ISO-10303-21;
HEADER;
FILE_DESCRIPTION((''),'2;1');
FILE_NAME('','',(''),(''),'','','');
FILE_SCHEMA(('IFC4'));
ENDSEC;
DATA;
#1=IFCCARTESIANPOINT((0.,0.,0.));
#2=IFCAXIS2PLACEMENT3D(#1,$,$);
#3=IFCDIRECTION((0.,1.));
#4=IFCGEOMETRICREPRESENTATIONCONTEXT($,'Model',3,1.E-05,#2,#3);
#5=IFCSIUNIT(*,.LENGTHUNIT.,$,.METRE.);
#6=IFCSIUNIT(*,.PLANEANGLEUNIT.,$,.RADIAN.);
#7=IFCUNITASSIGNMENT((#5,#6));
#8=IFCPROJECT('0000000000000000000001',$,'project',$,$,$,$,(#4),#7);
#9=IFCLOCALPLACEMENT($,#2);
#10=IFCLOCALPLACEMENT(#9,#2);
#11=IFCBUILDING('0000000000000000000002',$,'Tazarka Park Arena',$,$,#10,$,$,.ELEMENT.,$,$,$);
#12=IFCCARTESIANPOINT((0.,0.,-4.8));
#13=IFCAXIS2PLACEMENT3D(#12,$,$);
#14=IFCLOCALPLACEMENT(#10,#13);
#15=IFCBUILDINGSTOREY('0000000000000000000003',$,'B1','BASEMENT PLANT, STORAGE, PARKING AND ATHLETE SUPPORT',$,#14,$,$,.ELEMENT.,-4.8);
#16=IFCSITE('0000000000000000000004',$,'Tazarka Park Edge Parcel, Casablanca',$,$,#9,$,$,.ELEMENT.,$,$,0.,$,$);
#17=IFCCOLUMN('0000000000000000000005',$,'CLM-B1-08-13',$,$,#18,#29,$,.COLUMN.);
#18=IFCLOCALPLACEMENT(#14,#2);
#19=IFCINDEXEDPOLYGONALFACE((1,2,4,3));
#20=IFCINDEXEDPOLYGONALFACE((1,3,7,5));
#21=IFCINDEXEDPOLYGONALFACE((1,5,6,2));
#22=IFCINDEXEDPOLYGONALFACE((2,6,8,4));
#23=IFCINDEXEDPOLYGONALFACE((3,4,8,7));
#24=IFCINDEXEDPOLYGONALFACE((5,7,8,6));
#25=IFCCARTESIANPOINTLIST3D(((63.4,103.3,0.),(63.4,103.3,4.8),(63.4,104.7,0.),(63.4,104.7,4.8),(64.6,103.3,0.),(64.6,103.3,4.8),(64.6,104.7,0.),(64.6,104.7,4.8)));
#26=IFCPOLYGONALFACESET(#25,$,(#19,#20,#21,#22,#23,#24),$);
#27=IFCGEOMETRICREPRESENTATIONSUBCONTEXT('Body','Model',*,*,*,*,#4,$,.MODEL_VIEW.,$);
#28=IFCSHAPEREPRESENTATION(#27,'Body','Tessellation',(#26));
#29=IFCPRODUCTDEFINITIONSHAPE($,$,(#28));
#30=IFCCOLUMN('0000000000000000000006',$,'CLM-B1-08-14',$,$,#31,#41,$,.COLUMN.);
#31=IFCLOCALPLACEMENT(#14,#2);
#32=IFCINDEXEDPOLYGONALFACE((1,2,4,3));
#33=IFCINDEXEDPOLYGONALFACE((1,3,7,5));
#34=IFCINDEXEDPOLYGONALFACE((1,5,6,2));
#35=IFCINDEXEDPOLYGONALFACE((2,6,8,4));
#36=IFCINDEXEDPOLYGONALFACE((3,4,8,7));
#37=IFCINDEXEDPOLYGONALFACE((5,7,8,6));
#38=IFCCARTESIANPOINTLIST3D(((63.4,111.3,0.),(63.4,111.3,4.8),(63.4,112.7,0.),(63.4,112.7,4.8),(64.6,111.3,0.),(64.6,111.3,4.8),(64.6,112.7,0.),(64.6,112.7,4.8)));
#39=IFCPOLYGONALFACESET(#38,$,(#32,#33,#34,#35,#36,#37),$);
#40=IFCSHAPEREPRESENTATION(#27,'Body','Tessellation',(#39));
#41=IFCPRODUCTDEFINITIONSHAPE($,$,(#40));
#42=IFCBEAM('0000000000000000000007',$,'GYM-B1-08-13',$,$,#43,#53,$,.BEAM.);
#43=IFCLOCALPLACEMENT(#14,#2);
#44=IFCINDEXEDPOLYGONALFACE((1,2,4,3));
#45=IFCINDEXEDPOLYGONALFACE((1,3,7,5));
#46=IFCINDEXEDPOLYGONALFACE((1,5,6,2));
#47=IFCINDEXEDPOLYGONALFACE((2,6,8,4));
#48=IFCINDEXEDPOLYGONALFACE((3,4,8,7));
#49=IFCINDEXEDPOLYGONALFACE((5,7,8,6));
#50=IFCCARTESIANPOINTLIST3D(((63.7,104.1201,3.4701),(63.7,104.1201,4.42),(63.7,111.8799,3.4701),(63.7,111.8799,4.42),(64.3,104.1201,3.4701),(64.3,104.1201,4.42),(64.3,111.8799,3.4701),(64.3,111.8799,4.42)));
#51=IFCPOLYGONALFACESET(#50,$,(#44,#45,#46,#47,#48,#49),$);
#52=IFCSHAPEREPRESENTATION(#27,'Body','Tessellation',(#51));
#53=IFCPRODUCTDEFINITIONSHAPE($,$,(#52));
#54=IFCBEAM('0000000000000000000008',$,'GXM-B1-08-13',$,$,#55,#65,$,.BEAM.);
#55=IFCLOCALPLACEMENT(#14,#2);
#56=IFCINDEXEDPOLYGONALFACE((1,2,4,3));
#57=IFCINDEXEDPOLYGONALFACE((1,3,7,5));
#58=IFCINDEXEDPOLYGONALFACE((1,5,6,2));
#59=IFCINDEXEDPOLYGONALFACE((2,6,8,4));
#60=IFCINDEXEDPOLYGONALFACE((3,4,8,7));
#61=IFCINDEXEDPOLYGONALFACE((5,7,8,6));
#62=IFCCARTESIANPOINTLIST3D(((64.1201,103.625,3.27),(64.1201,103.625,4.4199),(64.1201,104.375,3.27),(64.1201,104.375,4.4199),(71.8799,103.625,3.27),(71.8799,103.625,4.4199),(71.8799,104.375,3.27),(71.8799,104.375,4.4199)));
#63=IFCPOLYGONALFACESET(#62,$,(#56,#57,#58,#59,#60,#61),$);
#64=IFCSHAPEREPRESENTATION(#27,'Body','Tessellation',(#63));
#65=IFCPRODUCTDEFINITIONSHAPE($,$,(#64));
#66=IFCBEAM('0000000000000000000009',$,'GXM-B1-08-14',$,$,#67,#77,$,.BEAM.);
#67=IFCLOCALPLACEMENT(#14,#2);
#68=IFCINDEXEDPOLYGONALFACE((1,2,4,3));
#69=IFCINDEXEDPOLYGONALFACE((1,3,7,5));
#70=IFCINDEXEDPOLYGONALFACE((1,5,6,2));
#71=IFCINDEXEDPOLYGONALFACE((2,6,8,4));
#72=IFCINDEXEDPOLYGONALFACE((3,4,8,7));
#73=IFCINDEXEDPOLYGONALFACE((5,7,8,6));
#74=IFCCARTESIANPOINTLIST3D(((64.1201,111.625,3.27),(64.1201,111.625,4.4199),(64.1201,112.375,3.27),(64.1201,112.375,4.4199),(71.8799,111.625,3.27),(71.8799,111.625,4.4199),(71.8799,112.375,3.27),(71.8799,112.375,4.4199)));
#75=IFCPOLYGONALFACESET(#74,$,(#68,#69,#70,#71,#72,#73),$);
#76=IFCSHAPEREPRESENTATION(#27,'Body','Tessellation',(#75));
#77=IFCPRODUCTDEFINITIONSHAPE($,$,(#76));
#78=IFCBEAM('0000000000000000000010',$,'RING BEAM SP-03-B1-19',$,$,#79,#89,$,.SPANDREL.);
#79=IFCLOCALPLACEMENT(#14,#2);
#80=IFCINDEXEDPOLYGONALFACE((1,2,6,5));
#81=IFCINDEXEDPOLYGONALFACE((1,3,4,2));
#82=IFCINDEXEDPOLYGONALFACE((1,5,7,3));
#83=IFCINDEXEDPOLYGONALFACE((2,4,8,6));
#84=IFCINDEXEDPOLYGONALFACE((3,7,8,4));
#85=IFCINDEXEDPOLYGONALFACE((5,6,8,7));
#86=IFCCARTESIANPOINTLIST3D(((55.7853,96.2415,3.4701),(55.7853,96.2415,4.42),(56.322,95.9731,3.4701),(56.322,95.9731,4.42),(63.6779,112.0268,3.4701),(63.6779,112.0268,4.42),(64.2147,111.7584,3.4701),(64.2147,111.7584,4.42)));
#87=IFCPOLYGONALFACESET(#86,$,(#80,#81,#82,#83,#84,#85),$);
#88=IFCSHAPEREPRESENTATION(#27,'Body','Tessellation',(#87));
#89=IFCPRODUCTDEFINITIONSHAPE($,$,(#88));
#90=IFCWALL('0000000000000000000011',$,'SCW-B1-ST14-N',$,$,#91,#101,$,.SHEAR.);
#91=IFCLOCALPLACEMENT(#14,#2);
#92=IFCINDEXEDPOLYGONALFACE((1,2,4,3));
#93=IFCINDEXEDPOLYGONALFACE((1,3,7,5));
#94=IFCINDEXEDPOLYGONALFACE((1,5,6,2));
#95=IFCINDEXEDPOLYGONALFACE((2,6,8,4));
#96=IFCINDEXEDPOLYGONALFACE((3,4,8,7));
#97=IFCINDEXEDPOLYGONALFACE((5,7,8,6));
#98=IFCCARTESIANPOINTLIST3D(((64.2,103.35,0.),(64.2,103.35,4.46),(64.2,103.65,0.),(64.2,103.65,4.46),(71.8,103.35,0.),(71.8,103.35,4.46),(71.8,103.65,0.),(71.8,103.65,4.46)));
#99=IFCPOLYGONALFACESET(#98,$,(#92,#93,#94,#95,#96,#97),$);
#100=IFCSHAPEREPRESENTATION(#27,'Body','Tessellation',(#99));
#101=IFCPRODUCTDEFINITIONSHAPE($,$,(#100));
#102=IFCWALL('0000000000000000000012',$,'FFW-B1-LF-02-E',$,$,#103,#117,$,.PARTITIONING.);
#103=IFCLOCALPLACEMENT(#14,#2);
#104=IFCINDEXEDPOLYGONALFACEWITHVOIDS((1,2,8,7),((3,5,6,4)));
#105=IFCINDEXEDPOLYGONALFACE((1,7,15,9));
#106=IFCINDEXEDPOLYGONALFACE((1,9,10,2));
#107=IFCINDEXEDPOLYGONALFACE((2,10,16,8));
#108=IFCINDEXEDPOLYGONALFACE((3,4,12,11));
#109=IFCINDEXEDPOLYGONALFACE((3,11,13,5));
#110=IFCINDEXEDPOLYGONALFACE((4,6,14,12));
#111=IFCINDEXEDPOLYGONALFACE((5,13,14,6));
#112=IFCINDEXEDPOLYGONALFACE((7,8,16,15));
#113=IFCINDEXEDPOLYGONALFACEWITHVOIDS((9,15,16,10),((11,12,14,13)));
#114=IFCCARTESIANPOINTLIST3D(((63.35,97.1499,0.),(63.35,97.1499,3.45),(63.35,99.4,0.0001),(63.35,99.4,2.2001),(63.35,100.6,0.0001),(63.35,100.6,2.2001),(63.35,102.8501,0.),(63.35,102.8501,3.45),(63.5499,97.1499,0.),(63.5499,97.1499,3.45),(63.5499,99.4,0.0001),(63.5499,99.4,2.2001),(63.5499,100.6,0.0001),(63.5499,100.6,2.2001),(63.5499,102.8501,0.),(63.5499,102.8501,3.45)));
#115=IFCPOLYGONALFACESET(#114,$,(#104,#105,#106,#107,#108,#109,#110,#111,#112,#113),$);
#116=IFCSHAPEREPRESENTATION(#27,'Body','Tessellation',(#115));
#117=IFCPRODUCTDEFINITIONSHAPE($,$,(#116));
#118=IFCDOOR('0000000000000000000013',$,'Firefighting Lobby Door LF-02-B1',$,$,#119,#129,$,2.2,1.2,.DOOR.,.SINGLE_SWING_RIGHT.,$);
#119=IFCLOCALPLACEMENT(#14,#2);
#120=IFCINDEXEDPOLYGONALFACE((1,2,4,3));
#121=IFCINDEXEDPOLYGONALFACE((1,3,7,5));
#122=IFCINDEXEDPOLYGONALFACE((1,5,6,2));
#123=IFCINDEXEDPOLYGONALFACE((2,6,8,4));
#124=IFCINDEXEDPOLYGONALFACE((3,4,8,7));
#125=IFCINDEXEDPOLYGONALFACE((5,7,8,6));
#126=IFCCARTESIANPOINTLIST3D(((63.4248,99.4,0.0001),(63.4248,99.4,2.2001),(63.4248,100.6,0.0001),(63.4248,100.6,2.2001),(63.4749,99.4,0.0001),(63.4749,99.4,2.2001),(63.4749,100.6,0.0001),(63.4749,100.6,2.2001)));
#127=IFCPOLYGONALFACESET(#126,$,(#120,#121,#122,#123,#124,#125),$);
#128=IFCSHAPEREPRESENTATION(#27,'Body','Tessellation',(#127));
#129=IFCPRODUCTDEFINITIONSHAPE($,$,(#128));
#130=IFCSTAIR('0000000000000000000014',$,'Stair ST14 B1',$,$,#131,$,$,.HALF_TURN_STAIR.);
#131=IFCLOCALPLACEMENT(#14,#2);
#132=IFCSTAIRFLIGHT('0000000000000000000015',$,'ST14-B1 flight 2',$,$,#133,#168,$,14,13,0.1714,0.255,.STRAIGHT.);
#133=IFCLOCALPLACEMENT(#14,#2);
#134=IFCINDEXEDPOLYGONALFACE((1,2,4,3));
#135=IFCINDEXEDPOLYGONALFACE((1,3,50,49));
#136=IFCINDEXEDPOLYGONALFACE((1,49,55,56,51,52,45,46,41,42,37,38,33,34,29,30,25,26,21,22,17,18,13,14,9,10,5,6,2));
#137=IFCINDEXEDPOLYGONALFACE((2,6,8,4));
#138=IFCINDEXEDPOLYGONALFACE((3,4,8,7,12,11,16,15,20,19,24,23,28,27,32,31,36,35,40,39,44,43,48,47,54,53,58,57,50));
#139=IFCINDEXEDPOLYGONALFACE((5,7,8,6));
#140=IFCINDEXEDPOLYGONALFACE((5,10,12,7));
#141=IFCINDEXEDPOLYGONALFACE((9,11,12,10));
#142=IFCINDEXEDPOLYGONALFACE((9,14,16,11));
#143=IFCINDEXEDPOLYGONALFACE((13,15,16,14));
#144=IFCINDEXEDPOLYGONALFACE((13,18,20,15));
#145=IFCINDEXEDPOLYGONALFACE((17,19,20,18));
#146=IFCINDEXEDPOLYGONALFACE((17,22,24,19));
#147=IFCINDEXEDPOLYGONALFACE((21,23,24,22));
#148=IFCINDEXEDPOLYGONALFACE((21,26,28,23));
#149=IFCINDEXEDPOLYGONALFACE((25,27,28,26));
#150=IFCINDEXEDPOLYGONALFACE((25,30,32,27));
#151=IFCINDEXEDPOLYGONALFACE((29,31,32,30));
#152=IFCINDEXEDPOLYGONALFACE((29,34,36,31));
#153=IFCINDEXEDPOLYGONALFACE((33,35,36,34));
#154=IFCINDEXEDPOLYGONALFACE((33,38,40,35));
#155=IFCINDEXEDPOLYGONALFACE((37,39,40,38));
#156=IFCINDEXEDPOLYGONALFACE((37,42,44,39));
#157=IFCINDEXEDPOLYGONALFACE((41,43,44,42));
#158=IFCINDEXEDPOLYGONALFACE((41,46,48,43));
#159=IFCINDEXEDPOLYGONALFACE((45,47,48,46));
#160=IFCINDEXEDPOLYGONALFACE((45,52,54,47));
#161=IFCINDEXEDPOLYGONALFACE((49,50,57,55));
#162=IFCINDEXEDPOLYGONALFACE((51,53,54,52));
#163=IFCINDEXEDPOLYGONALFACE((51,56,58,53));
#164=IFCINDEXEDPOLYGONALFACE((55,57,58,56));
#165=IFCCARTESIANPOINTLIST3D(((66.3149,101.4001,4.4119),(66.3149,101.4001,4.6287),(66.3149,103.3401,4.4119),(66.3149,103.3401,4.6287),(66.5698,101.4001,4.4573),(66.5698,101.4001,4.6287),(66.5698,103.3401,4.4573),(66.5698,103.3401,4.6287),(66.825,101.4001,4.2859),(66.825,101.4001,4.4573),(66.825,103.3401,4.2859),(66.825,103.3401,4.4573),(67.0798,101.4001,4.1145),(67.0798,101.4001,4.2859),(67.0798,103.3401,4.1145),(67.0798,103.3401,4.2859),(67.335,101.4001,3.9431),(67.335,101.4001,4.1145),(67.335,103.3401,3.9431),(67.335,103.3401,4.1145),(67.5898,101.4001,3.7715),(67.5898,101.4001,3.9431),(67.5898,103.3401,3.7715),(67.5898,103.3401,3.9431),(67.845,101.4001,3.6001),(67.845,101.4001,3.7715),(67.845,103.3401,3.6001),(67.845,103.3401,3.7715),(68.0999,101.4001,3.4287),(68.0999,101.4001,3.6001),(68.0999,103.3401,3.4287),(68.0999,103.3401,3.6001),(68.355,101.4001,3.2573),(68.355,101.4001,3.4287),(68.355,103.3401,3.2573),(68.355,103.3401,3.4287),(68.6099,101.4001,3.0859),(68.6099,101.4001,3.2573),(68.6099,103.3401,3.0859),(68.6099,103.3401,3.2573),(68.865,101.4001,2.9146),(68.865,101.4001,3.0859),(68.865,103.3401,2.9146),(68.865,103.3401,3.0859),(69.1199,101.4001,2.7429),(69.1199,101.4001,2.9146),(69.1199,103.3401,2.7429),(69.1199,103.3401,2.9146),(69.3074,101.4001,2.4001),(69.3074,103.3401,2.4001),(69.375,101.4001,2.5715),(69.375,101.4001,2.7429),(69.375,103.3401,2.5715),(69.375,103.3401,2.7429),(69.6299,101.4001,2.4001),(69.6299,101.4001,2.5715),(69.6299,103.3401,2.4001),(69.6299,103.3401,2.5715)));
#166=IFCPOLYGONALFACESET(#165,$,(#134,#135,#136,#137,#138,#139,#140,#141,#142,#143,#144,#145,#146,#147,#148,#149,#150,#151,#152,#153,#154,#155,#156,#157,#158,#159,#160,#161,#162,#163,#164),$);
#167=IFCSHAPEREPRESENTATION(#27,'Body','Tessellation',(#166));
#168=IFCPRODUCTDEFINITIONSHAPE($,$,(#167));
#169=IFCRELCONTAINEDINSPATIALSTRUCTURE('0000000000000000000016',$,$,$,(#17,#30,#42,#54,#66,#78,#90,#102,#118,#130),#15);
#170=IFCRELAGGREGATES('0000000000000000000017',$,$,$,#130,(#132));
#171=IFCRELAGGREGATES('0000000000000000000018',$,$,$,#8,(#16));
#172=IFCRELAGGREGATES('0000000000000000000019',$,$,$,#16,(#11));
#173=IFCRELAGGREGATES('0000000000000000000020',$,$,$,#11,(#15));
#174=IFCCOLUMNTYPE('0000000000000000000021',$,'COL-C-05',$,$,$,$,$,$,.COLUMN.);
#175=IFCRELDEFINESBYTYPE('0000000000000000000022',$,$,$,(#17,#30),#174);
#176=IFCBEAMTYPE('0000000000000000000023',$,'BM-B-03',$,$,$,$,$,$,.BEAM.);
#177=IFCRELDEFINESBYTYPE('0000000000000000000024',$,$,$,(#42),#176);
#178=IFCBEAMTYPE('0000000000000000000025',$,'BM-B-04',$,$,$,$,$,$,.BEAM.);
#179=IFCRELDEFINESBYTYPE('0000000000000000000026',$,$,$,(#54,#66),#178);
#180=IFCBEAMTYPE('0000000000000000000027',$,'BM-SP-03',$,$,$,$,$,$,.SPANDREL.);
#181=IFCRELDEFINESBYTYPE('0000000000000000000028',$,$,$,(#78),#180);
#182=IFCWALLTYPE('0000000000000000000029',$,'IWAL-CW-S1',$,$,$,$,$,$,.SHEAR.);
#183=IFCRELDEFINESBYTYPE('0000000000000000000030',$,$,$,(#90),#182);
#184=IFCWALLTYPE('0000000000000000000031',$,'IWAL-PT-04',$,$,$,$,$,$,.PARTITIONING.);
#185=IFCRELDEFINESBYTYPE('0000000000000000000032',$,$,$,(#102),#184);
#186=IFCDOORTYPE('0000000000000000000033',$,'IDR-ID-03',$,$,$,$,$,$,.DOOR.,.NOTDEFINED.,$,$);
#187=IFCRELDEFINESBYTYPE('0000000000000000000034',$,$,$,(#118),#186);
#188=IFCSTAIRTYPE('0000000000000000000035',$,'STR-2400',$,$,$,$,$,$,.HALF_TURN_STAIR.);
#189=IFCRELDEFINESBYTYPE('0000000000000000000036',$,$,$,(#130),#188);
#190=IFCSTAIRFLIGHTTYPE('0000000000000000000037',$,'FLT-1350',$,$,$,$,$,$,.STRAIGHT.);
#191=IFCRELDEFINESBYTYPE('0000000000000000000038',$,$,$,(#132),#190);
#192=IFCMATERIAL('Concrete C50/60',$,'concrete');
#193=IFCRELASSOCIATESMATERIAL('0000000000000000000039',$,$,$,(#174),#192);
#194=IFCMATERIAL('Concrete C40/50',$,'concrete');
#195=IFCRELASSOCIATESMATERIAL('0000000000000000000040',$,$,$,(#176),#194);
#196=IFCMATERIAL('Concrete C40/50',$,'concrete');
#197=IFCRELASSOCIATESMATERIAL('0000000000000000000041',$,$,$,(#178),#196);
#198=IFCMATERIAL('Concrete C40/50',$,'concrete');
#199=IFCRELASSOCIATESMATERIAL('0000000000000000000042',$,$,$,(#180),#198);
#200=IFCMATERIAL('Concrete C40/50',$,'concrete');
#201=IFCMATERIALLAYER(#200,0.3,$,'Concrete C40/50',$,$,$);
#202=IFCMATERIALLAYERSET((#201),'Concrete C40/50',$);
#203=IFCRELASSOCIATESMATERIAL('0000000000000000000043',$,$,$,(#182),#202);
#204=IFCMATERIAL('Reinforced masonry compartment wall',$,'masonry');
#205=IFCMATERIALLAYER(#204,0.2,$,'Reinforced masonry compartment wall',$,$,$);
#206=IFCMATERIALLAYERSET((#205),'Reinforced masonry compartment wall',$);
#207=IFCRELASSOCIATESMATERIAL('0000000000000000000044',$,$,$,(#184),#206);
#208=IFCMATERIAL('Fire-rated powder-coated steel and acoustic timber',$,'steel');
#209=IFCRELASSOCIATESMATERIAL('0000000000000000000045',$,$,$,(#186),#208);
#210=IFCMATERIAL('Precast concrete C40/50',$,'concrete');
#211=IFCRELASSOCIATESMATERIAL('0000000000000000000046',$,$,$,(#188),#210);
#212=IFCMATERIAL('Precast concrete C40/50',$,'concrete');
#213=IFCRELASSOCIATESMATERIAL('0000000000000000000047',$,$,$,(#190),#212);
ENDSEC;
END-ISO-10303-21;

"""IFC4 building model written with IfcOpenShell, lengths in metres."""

from ifc_helpers import new_model, si_unit, direction, frame, frame_2d, origin, origin_2d, place, context, subcontext, project, spatial, polyline, rectangle, outline, extrude, material, layer, layer_set, material_profile, profile_set, type_object, element, fill, aggregate, save


model = new_model("IFC4")

# Units and contexts
model_context = context("Model", 3, precision=1e-05, world=origin(), true_north=direction((0.0, 1.0)))
body_context = subcontext(model_context, "Body", "Model", "MODEL_VIEW")
ifc_project = project(units=[si_unit("LENGTHUNIT", "METRE"), si_unit("PLANEANGLEUNIT", "RADIAN")], contexts=[model_context])

# Site, building, storey
site_placement = place(None, origin())
site = spatial("IfcSite", under=ifc_project, at=site_placement, Name="Tazarka Park Edge Parcel, Casablanca", CompositionType="ELEMENT", RefElevation=0.0)
building_placement = place(site_placement, origin())
building = spatial("IfcBuilding", under=site, at=building_placement, Name="Tazarka Park Arena", CompositionType="ELEMENT")
storey_placement = place(building_placement, frame((0.0, 0.0, -4.8)))
storey = spatial("IfcBuildingStorey", under=building, at=storey_placement, Name="B1", Description="BASEMENT PLANT, STORAGE, PARKING AND ATHLETE SUPPORT", CompositionType="ELEMENT", Elevation=-4.8)

# Columns
ifc_material_1 = material(Name="Concrete C50/60", Category="concrete")
ifc_material_profile_1 = material_profile(ifc_material_1, rectangle(XDim=1.2, YDim=1.3999, at=origin_2d()), Name="Concrete C50/60")
ifc_profile_set_1 = profile_set([ifc_material_profile_1], Name="Concrete C50/60")
column_type = type_object("IfcColumnType", Name="COL-C-05", PredefinedType="COLUMN", material=ifc_profile_set_1)
for number, where, z_axis, x_axis, name in (
    (1, (64.0, 104.0, 0.0), (0.0, 0.0, 1.0), (1.0, 0.0, 0.0), "CLM-B1-08-13"),
    (2, (64.0, 112.0, 0.0), (0.0, 0.0, 1.0), (1.0, 0.0, 0.0), "CLM-B1-08-14"),
):
    element("IfcColumn", number, at=place(storey_placement, frame(where, z_axis=z_axis, x_axis=x_axis)), inside=storey, type_object=column_type, Name=name, PredefinedType="COLUMN", context=body_context, shape_type="SweptSolid", body=[
        extrude(rectangle(XDim=1.2, YDim=1.3999, at=origin_2d()), origin(), (0.0, 0.0, 1.0), 4.8),
    ])

# Beams
ifc_material_2 = material(Name="Concrete C40/50", Category="concrete")
ifc_material_profile_2 = material_profile(ifc_material_2, rectangle(XDim=0.6001, YDim=0.95, at=origin_2d()), Name="Concrete C40/50")
ifc_profile_set_2 = profile_set([ifc_material_profile_2], Name="Concrete C40/50")
beam_type_1 = type_object("IfcBeamType", Name="BM-B-03", PredefinedType="BEAM", material=ifc_profile_set_2)
beam_1_placement = place(storey_placement, frame((64.0, 104.1201, 3.9451), z_axis=(0.0, 1.0, 0.0), x_axis=(-1.0, 0.0, 0.0)))
element("IfcBeam", 3, at=beam_1_placement, inside=storey, type_object=beam_type_1, Name="GYM-B1-08-13", PredefinedType="BEAM", context=body_context, shape_type="SweptSolid", body=[
    extrude(rectangle(XDim=0.6001, YDim=0.95, at=origin_2d()), origin(), (0.0, 0.0, 1.0), 7.7598),
])
ifc_material_3 = material(Name="Concrete C40/50", Category="concrete")
ifc_material_profile_3 = material_profile(ifc_material_3, rectangle(XDim=0.75, YDim=1.1499, at=origin_2d()), Name="Concrete C40/50")
ifc_profile_set_3 = profile_set([ifc_material_profile_3], Name="Concrete C40/50")
beam_type_2 = type_object("IfcBeamType", Name="BM-B-04", PredefinedType="BEAM", material=ifc_profile_set_3)
for number, where, z_axis, x_axis, name in (
    (4, (64.1201, 104.0, 3.845), (1.0, 0.0, 0.0), (0.0, 1.0, 0.0), "GXM-B1-08-13"),
    (5, (64.1201, 112.0, 3.845), (1.0, 0.0, 0.0), (0.0, 1.0, 0.0), "GXM-B1-08-14"),
):
    element("IfcBeam", number, at=place(storey_placement, frame(where, z_axis=z_axis, x_axis=x_axis)), inside=storey, type_object=beam_type_2, Name=name, PredefinedType="BEAM", context=body_context, shape_type="SweptSolid", body=[
        extrude(rectangle(XDim=0.75, YDim=1.1499, at=origin_2d()), origin(), (0.0, 0.0, 1.0), 7.7598),
    ])
ifc_material_4 = material(Name="Concrete C40/50", Category="concrete")
ifc_material_profile_4 = material_profile(ifc_material_4, rectangle(XDim=0.6001, YDim=0.95, at=origin_2d()), Name="Concrete C40/50")
ifc_profile_set_4 = profile_set([ifc_material_profile_4], Name="Concrete C40/50")
beam_type_3 = type_object("IfcBeamType", Name="BM-SP-03", PredefinedType="SPANDREL", material=ifc_profile_set_4)
beam_2_placement = place(storey_placement, frame((63.9463, 111.8926, 3.9451), z_axis=(-0.447214, -0.894427, 0.0), x_axis=(0.894427, -0.447214, 0.0)))
element("IfcBeam", 6, at=beam_2_placement, inside=storey, type_object=beam_type_3, Name="RING BEAM SP-03-B1-19", PredefinedType="SPANDREL", context=body_context, shape_type="SweptSolid", body=[
    extrude(rectangle(XDim=0.6001, YDim=0.95, at=origin_2d()), origin(), (0.0, 0.0, 1.0), 17.6484),
])

# Wall
ifc_material_5 = material(Name="Concrete C40/50", Category="concrete")
ifc_layer_1 = layer(ifc_material_5, 0.3, Name="Concrete C40/50")
ifc_layer_set_1 = layer_set([ifc_layer_1], Name="Concrete C40/50")
wall_type_1 = type_object("IfcWallType", Name="IWAL-CW-S1", PredefinedType="SHEAR", material=ifc_layer_set_1)
wall_1_placement = place(storey_placement, frame((64.2, 103.5, 0.0), z_axis=(0.0, 0.0, 1.0), x_axis=(1.0, 0.0, 0.0)))
element("IfcWall", 7, at=wall_1_placement, inside=storey, type_object=wall_type_1, Name="SCW-B1-ST14-N", PredefinedType="SHEAR", context=body_context, shape_type="SweptSolid", body=[
    extrude(rectangle(XDim=7.6001, YDim=0.3, at=frame_2d((3.8, 0.0))), origin(), (0.0, 0.0, 1.0), 4.46),
])

# Wall, opening, door
ifc_material_6 = material(Name="Reinforced masonry compartment wall", Category="masonry")
ifc_layer_2 = layer(ifc_material_6, 0.2, Name="Reinforced masonry compartment wall")
ifc_layer_set_2 = layer_set([ifc_layer_2], Name="Reinforced masonry compartment wall")
wall_type_2 = type_object("IfcWallType", Name="IWAL-PT-04", PredefinedType="PARTITIONING", material=ifc_layer_set_2)
wall_2_placement = place(storey_placement, frame((63.45, 102.8501, 0.0), z_axis=(0.0, 0.0, 1.0), x_axis=(0.0, -1.0, 0.0)))
wall_2 = element("IfcWall", 8, at=wall_2_placement, inside=storey, type_object=wall_type_2, Name="FFW-B1-LF-02-E", PredefinedType="PARTITIONING", context=body_context, shape_type="SweptSolid", body=[
    extrude(rectangle(XDim=5.7002, YDim=0.2, at=frame_2d((2.8501, 0.0))), origin(), (0.0, 0.0, 1.0), 3.45),
])
opening_placement = place(wall_2_placement, frame((2.25, 0.0, 0.0)))
opening = element("IfcOpeningElement", 9, at=opening_placement, cuts=wall_2, PredefinedType="OPENING", context=body_context, shape_type="SweptSolid", body=[
    extrude(rectangle(XDim=1.2, YDim=2.2, at=frame_2d((0.6001, 1.1001))), frame((0.0, 0.1099, 0.0), z_axis=(0.0, -1.0, 0.0), x_axis=(1.0, 0.0, 0.0)), (0.0, 0.0, 1.0), 0.22),
])
ifc_material_7 = material(Name="Fire-rated powder-coated steel and acoustic timber", Category="steel")
door_type = type_object("IfcDoorType", Name="IDR-ID-03", OperationType="NOTDEFINED", PredefinedType="DOOR", material=ifc_material_7)
door_placement = place(opening_placement, origin())
door = element("IfcDoor", 10, at=door_placement, inside=storey, type_object=door_type, Name="Firefighting Lobby Door LF-02-B1", OperationType="SINGLE_SWING_RIGHT", OverallHeight=2.2, OverallWidth=1.2, PredefinedType="DOOR", context=body_context, shape_type="SweptSolid", body=[
    extrude(rectangle(XDim=1.2, YDim=2.2, at=frame_2d((0.6001, 1.1001))), frame((0.0, 0.0249, 0.0), z_axis=(0.0, -1.0, 0.0), x_axis=(1.0, 0.0, 0.0)), (0.0, 0.0, 1.0), 0.05),
])
fill(opening, door)

# Stair, stair flight
ifc_material_8 = material(Name="Precast concrete C40/50", Category="concrete")
stair_type = type_object("IfcStairType", Name="STR-2400", PredefinedType="HALF_TURN_STAIR", material=ifc_material_8)
stair_placement = place(storey_placement, origin())
stair = element("IfcStair", 11, at=stair_placement, inside=storey, type_object=stair_type, Name="Stair ST14 B1", PredefinedType="HALF_TURN_STAIR")
ifc_material_9 = material(Name="Precast concrete C40/50", Category="concrete")
stair_flight_type = type_object("IfcStairFlightType", Name="FLT-1350", PredefinedType="STRAIGHT", material=ifc_material_9)
stair_flight_placement = place(storey_placement, frame((69.6299, 102.3701, 2.4001), z_axis=(0.0, 0.0, 1.0), x_axis=(-1.0, 0.0, 0.0)))
stair_flight = element("IfcStairFlight", 12, at=stair_flight_placement, type_object=stair_flight_type, Name="ST14-B1 flight 2", NumberOfRisers=14, NumberOfTreads=13, PredefinedType="STRAIGHT", RiserHeight=0.1714, TreadLength=0.255, context=body_context, shape_type="SweptSolid", body=[
    extrude(outline(polyline([(0.0, 0.0), (0.0, 0.1714), (0.2549, 0.1714), (0.2549, 0.3428), (0.51, 0.3428), (0.51, 0.5144), (0.7649, 0.5144), (0.7649, 0.6858), (1.02, 0.6858), (1.02, 0.8572), (1.2749, 0.8572), (1.2749, 1.0286), (1.53, 1.0286), (1.53, 1.2), (1.7849, 1.2), (1.7849, 1.3713), (2.04, 1.3713), (2.04, 1.543), (2.2949, 1.543), (2.2949, 1.7144), (2.55, 1.7144), (2.55, 1.8857), (2.8049, 1.8857), (2.8049, 2.0571), (3.0601, 2.0571), (3.0601, 2.2285), (3.3149, 2.2285), (3.3149, 2.3999), (3.3149, 2.0117), (0.3225, 0.0), (0.0, 0.0)])), frame((0.0, 0.97, 0.0), z_axis=(0.0, -1.0, 0.0), x_axis=(1.0, 0.0, 0.0)), (0.0, 0.0, 1.0), 1.9399),
])
aggregate(stair, [stair_flight])

save(model, "model.ifc")
